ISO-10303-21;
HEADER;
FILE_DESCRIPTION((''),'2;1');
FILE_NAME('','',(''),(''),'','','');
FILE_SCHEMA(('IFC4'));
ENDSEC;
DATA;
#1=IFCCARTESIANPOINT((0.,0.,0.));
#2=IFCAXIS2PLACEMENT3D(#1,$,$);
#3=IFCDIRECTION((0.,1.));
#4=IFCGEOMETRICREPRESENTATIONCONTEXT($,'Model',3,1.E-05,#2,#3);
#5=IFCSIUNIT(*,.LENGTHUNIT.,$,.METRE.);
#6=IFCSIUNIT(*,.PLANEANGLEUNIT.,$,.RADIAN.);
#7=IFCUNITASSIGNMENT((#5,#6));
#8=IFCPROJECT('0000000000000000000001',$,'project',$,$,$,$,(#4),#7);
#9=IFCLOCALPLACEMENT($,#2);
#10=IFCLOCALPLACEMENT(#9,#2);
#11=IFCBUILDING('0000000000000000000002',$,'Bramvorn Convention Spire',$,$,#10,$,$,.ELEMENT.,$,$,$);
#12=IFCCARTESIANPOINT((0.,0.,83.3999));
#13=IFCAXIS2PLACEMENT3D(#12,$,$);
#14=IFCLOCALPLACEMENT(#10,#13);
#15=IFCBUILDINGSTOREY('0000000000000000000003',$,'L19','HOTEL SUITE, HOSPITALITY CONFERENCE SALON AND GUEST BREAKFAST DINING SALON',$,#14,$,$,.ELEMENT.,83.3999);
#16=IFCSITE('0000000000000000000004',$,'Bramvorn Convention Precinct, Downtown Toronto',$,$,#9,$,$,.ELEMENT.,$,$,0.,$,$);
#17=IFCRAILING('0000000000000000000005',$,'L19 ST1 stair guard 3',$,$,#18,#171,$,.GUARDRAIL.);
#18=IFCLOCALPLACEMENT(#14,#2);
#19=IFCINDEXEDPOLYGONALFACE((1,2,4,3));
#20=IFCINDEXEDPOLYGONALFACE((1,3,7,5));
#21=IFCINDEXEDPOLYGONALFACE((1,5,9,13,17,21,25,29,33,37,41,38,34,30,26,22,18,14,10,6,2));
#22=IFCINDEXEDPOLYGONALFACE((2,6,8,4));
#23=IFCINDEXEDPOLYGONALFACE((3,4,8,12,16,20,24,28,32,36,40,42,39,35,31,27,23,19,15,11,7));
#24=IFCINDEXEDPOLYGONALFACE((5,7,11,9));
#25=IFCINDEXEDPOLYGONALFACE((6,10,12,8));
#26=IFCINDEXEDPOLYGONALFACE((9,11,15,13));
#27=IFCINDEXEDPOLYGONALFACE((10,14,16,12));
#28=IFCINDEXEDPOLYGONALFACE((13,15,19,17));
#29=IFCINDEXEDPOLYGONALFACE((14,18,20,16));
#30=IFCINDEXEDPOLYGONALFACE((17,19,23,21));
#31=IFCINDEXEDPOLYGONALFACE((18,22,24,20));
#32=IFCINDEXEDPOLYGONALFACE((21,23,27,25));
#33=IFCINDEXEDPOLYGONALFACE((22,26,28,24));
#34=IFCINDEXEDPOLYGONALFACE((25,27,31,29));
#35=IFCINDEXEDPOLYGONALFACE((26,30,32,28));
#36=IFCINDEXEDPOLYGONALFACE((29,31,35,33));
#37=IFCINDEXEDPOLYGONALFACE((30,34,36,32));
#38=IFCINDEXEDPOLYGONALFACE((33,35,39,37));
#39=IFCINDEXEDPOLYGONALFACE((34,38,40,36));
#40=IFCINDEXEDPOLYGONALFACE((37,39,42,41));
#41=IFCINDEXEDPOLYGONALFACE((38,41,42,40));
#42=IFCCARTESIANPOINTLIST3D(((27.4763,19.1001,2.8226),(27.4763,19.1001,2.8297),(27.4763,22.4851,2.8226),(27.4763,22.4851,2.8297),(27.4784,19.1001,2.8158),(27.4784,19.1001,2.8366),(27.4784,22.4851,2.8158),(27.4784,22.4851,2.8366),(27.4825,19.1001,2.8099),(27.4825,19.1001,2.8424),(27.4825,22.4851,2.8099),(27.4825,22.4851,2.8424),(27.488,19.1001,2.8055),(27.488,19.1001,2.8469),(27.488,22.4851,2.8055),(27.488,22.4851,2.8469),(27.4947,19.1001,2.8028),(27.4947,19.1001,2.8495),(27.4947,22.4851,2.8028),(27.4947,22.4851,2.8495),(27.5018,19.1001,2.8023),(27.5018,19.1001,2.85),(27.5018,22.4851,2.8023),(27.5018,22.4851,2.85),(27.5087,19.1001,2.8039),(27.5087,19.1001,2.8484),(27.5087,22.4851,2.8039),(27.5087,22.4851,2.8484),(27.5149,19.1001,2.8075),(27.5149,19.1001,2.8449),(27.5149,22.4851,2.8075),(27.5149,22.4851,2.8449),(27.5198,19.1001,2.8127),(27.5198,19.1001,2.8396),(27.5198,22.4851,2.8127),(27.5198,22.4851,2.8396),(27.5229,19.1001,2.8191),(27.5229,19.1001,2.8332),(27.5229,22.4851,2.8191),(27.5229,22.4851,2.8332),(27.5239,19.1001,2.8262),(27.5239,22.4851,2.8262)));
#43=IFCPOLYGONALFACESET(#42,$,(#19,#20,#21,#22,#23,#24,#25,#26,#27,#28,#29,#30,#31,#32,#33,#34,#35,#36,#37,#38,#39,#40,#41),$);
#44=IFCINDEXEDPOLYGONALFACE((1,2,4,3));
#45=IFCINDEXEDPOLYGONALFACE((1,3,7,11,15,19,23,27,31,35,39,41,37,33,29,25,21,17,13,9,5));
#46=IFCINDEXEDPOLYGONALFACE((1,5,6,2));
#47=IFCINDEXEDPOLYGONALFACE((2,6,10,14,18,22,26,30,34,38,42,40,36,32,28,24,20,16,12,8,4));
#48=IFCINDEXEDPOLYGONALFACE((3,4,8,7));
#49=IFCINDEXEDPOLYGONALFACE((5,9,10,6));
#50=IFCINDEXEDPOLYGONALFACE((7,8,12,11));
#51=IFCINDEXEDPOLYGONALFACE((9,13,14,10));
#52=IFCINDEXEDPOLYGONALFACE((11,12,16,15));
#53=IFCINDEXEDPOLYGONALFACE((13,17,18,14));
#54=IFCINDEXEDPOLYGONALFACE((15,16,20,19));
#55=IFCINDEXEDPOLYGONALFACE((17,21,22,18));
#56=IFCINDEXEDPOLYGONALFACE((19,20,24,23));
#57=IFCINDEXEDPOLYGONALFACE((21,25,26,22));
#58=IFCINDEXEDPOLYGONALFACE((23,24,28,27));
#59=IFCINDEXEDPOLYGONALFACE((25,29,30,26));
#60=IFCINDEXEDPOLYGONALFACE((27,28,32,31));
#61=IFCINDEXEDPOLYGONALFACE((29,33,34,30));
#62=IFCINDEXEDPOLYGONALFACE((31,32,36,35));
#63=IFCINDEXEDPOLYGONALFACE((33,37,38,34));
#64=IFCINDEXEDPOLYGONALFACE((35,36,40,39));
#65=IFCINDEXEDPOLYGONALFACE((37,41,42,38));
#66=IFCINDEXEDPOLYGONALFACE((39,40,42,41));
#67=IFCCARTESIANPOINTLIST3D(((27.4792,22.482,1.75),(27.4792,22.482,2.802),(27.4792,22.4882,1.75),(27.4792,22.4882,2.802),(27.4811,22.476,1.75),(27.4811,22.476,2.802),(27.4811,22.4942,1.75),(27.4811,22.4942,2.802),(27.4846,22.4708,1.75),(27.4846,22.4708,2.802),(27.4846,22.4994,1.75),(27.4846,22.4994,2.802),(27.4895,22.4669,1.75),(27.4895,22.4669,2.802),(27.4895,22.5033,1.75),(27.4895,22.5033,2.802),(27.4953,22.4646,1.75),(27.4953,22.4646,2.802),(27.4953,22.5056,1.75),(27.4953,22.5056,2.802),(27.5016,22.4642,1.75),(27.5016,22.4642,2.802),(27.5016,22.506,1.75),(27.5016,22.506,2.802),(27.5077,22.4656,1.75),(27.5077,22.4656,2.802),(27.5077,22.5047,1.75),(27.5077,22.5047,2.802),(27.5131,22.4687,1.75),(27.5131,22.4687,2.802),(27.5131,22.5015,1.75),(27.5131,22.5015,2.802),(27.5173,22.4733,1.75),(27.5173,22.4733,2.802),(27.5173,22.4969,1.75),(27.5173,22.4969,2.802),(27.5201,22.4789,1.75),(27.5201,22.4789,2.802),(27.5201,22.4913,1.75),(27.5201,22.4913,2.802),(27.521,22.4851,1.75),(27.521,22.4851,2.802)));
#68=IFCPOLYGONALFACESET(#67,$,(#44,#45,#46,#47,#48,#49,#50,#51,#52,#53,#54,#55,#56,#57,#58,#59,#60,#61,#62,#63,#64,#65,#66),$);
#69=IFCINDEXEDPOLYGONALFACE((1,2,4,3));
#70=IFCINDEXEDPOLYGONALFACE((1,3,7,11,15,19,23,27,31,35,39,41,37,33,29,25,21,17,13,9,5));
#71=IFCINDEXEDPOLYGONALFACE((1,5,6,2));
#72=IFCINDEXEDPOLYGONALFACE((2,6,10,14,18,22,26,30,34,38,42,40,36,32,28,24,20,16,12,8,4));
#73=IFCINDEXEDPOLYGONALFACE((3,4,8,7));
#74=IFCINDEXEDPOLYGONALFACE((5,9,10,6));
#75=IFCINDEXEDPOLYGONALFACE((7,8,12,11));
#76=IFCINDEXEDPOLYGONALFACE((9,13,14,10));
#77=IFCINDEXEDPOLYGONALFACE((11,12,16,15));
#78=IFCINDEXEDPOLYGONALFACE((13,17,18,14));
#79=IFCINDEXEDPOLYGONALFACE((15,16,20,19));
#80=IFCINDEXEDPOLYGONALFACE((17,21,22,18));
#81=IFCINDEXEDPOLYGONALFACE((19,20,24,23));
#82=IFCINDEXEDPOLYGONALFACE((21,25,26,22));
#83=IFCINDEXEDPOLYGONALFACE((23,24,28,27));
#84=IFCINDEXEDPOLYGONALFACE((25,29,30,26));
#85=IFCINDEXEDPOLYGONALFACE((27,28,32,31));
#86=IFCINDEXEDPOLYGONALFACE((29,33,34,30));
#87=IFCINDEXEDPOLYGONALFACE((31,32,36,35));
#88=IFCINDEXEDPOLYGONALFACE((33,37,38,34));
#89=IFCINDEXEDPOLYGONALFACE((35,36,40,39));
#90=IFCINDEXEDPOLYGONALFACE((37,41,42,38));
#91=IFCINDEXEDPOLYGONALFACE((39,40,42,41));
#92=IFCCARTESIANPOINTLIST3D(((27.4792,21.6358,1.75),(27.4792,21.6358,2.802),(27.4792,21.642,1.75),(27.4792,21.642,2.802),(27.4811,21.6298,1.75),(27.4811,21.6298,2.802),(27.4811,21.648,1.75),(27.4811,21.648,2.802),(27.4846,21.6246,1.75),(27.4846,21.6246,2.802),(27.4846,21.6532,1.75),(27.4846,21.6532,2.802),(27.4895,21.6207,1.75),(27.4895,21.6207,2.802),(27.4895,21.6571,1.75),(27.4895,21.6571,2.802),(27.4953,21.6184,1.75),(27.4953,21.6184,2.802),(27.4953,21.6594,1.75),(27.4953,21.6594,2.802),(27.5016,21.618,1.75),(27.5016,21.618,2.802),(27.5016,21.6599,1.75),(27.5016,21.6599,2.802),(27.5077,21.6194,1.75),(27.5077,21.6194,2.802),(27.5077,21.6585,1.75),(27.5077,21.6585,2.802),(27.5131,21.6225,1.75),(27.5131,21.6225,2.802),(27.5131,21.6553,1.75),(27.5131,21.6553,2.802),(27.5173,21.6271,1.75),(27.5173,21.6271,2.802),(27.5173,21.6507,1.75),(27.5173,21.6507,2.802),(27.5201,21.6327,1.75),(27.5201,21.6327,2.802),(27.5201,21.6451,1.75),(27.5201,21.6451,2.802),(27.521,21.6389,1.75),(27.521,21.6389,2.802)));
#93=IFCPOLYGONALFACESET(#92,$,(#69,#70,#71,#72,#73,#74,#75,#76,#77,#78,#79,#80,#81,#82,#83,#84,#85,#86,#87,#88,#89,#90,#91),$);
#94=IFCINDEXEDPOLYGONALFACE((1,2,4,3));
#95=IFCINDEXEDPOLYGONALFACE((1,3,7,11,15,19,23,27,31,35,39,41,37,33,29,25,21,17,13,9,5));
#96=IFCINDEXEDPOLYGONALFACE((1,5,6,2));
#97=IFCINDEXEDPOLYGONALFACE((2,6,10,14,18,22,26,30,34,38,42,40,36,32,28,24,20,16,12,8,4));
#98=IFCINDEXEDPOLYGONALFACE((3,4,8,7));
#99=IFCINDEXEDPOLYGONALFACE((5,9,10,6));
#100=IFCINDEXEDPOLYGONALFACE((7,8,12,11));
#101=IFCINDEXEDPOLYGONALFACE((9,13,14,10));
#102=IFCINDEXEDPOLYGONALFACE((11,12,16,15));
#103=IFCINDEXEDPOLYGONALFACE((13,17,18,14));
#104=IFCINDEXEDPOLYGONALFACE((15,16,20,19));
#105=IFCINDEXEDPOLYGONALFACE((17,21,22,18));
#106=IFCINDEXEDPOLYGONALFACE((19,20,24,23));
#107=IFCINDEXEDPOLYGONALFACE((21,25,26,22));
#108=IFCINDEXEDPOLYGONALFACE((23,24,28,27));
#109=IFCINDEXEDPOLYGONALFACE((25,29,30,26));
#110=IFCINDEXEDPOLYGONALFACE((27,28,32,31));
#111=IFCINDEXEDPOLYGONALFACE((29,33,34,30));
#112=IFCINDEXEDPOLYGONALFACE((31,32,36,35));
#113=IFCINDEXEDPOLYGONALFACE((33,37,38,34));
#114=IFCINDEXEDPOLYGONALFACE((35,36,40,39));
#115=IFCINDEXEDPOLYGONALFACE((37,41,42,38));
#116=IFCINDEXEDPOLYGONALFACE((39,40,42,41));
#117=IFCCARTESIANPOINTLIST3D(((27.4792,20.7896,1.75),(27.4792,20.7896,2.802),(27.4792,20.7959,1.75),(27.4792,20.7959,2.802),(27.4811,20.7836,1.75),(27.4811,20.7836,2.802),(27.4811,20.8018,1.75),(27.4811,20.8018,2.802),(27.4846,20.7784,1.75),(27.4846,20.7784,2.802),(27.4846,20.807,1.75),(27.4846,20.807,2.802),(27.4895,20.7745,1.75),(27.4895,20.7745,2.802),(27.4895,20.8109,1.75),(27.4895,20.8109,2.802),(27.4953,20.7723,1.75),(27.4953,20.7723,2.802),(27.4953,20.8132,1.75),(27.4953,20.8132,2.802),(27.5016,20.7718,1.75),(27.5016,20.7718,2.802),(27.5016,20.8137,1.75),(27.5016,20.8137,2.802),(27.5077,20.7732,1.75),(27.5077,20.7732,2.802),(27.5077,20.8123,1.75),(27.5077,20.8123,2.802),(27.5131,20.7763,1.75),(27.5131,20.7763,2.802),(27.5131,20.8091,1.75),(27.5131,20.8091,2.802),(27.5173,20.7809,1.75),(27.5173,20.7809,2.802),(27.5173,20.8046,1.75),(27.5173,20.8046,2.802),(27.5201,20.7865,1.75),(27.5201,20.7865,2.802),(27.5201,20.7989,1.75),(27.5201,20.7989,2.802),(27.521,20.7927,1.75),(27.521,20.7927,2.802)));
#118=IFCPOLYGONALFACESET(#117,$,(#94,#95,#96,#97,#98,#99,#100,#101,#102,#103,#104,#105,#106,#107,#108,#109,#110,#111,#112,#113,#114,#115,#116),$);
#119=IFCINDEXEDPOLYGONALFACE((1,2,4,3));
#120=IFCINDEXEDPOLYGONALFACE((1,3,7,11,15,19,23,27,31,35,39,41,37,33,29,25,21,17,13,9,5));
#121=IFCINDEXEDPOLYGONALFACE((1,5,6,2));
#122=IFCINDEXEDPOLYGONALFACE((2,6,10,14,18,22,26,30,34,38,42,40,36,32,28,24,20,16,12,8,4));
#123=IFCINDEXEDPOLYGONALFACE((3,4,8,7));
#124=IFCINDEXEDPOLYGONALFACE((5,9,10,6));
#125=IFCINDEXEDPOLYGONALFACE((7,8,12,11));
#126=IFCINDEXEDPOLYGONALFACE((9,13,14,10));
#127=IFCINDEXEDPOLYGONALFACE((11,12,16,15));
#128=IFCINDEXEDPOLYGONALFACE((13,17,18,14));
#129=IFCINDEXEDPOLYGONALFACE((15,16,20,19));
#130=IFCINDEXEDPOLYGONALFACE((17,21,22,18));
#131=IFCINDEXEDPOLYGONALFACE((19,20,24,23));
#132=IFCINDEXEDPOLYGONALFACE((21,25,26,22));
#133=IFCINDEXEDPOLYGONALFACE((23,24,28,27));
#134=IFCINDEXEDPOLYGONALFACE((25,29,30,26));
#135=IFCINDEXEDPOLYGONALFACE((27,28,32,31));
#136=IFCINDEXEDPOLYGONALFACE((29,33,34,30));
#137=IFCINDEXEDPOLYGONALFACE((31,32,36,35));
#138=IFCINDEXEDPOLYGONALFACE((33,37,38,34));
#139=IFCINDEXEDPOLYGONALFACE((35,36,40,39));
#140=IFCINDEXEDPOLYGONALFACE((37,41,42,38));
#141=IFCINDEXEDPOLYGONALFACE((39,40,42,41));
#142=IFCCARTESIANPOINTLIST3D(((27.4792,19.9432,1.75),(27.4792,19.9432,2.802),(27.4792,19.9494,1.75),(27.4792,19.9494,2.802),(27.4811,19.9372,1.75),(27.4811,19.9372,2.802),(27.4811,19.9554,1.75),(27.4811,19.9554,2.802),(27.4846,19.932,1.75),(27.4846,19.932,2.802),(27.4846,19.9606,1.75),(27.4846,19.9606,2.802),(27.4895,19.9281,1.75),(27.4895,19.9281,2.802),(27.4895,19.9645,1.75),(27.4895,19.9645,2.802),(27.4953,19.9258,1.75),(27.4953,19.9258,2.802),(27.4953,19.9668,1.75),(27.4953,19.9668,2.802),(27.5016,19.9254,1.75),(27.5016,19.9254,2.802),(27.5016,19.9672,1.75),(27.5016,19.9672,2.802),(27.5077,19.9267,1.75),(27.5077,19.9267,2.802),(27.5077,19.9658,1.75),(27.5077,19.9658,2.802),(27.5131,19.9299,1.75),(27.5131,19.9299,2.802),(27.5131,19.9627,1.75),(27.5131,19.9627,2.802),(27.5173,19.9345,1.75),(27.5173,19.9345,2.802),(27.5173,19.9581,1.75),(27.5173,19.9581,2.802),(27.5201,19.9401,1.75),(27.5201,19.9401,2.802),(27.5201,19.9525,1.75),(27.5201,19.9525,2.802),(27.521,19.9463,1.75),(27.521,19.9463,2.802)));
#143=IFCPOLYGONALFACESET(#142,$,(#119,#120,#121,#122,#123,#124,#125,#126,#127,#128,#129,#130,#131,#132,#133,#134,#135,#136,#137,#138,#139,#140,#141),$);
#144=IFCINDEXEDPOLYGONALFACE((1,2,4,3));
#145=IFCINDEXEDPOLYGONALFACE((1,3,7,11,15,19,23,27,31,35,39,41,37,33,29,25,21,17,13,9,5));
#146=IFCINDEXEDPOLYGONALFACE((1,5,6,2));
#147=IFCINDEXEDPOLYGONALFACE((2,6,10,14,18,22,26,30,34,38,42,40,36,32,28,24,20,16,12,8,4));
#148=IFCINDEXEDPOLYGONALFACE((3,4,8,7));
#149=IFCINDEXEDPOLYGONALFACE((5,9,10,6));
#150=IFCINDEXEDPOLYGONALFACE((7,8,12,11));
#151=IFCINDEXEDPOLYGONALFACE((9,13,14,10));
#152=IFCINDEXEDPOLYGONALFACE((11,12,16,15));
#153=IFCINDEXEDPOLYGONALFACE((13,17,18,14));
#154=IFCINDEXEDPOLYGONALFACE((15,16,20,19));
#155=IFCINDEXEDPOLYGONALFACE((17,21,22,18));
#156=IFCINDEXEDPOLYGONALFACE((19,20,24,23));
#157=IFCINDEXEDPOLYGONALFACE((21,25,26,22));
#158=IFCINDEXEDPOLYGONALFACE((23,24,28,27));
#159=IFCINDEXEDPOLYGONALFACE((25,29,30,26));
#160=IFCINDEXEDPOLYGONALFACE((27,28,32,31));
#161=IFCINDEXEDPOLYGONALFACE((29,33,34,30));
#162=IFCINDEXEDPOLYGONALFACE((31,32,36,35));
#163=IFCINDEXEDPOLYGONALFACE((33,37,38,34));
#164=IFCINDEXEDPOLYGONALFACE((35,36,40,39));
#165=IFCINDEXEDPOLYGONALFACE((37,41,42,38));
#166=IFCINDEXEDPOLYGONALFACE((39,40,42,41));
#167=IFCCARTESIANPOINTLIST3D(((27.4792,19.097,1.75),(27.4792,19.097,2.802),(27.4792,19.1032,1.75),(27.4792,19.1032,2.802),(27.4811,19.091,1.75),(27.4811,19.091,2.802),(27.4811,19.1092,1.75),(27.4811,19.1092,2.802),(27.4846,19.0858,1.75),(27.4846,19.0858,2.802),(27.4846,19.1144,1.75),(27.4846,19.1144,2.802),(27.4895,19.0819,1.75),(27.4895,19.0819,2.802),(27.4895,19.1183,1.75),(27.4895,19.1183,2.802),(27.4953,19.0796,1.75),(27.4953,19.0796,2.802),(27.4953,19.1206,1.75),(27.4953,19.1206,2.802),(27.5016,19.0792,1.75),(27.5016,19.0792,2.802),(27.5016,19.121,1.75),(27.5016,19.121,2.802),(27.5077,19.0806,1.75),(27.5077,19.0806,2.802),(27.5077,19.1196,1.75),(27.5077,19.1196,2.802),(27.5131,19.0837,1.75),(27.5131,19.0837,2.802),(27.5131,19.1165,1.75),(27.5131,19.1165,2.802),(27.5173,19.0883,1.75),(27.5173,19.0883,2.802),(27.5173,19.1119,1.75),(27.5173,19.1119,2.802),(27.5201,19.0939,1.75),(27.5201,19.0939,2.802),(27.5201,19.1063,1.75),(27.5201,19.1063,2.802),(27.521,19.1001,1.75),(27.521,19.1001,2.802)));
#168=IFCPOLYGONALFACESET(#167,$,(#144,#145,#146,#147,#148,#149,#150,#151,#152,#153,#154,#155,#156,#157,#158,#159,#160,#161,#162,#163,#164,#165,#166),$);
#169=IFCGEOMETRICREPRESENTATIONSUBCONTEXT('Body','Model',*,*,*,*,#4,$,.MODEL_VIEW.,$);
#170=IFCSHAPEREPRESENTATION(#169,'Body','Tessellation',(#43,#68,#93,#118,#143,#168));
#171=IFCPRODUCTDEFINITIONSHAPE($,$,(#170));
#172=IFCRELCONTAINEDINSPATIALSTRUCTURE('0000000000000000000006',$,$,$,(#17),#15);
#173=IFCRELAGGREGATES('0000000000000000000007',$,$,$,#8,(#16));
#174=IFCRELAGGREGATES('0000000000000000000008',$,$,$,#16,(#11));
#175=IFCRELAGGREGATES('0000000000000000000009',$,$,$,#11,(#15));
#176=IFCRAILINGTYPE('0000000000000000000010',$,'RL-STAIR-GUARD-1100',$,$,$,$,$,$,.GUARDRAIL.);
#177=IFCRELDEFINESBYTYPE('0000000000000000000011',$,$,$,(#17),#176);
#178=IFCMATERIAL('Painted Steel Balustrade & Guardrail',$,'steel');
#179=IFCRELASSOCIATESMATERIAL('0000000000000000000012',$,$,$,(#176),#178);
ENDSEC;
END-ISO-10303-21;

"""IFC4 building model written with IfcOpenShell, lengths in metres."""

from ifc_helpers import new_model, si_unit, direction, frame, origin, origin_2d, place, context, subcontext, project, spatial, circle, extrude, material, type_object, element, save


model = new_model("IFC4")

# Units and contexts
model_context = context("Model", 3, precision=1e-05, world=origin(), true_north=direction((0.0, 1.0)))
body_context = subcontext(model_context, "Body", "Model", "MODEL_VIEW")
ifc_project = project(units=[si_unit("LENGTHUNIT", "METRE"), si_unit("PLANEANGLEUNIT", "RADIAN")], contexts=[model_context])

# Site, building, storey
site_placement = place(None, origin())
site = spatial("IfcSite", under=ifc_project, at=site_placement, Name="Bramvorn Convention Precinct, Downtown Toronto", CompositionType="ELEMENT", RefElevation=0.0)
building_placement = place(site_placement, origin())
building = spatial("IfcBuilding", under=site, at=building_placement, Name="Bramvorn Convention Spire", CompositionType="ELEMENT")
storey_placement = place(building_placement, frame((0.0, 0.0, 83.3999)))
storey = spatial("IfcBuildingStorey", under=building, at=storey_placement, Name="L19", Description="HOTEL SUITE, HOSPITALITY CONFERENCE SALON AND GUEST BREAKFAST DINING SALON", CompositionType="ELEMENT", Elevation=83.3999)

# Railing
ifc_material_1 = material(Name="Painted Steel Balustrade & Guardrail", Category="steel")
railing_type_1 = type_object("IfcRailingType", Name="RL-STAIR-GUARD-1100", PredefinedType="GUARDRAIL", material=ifc_material_1)
for number, where, name in (
    (1, (27.5, 22.4851, 1.75), "L19 ST1 stair guard 3"),
):
    element("IfcRailing", number, at=place(storey_placement, frame(where)), inside=storey, type_object=railing_type_1, Name=name, PredefinedType="GUARDRAIL", context=body_context, shape_type="SweptSolid", body=[
        extrude(circle(Radius=0.0239, at=origin_2d()), frame((0.0, 0.0, 1.0762), z_axis=(0.0, -1.0, 0.0), x_axis=(1.0, 0.0, 0.0)), (0.0, 0.0, 1.0), 3.385),
        extrude(circle(Radius=0.021, at=origin_2d()), origin(), (0.0, 0.0, 1.0), 1.052),
        extrude(circle(Radius=0.021, at=origin_2d()), frame((0.0, -0.8462, 0.0)), (0.0, 0.0, 1.0), 1.052),
        extrude(circle(Radius=0.021, at=origin_2d()), frame((0.0, -1.6924, 0.0)), (0.0, 0.0, 1.0), 1.052),
        extrude(circle(Radius=0.021, at=origin_2d()), frame((0.0, -2.5388, 0.0)), (0.0, 0.0, 1.0), 1.052),
        extrude(circle(Radius=0.021, at=origin_2d()), frame((0.0, -3.385, 0.0)), (0.0, 0.0, 1.0), 1.052),
    ])

save(model, "model.ifc")
